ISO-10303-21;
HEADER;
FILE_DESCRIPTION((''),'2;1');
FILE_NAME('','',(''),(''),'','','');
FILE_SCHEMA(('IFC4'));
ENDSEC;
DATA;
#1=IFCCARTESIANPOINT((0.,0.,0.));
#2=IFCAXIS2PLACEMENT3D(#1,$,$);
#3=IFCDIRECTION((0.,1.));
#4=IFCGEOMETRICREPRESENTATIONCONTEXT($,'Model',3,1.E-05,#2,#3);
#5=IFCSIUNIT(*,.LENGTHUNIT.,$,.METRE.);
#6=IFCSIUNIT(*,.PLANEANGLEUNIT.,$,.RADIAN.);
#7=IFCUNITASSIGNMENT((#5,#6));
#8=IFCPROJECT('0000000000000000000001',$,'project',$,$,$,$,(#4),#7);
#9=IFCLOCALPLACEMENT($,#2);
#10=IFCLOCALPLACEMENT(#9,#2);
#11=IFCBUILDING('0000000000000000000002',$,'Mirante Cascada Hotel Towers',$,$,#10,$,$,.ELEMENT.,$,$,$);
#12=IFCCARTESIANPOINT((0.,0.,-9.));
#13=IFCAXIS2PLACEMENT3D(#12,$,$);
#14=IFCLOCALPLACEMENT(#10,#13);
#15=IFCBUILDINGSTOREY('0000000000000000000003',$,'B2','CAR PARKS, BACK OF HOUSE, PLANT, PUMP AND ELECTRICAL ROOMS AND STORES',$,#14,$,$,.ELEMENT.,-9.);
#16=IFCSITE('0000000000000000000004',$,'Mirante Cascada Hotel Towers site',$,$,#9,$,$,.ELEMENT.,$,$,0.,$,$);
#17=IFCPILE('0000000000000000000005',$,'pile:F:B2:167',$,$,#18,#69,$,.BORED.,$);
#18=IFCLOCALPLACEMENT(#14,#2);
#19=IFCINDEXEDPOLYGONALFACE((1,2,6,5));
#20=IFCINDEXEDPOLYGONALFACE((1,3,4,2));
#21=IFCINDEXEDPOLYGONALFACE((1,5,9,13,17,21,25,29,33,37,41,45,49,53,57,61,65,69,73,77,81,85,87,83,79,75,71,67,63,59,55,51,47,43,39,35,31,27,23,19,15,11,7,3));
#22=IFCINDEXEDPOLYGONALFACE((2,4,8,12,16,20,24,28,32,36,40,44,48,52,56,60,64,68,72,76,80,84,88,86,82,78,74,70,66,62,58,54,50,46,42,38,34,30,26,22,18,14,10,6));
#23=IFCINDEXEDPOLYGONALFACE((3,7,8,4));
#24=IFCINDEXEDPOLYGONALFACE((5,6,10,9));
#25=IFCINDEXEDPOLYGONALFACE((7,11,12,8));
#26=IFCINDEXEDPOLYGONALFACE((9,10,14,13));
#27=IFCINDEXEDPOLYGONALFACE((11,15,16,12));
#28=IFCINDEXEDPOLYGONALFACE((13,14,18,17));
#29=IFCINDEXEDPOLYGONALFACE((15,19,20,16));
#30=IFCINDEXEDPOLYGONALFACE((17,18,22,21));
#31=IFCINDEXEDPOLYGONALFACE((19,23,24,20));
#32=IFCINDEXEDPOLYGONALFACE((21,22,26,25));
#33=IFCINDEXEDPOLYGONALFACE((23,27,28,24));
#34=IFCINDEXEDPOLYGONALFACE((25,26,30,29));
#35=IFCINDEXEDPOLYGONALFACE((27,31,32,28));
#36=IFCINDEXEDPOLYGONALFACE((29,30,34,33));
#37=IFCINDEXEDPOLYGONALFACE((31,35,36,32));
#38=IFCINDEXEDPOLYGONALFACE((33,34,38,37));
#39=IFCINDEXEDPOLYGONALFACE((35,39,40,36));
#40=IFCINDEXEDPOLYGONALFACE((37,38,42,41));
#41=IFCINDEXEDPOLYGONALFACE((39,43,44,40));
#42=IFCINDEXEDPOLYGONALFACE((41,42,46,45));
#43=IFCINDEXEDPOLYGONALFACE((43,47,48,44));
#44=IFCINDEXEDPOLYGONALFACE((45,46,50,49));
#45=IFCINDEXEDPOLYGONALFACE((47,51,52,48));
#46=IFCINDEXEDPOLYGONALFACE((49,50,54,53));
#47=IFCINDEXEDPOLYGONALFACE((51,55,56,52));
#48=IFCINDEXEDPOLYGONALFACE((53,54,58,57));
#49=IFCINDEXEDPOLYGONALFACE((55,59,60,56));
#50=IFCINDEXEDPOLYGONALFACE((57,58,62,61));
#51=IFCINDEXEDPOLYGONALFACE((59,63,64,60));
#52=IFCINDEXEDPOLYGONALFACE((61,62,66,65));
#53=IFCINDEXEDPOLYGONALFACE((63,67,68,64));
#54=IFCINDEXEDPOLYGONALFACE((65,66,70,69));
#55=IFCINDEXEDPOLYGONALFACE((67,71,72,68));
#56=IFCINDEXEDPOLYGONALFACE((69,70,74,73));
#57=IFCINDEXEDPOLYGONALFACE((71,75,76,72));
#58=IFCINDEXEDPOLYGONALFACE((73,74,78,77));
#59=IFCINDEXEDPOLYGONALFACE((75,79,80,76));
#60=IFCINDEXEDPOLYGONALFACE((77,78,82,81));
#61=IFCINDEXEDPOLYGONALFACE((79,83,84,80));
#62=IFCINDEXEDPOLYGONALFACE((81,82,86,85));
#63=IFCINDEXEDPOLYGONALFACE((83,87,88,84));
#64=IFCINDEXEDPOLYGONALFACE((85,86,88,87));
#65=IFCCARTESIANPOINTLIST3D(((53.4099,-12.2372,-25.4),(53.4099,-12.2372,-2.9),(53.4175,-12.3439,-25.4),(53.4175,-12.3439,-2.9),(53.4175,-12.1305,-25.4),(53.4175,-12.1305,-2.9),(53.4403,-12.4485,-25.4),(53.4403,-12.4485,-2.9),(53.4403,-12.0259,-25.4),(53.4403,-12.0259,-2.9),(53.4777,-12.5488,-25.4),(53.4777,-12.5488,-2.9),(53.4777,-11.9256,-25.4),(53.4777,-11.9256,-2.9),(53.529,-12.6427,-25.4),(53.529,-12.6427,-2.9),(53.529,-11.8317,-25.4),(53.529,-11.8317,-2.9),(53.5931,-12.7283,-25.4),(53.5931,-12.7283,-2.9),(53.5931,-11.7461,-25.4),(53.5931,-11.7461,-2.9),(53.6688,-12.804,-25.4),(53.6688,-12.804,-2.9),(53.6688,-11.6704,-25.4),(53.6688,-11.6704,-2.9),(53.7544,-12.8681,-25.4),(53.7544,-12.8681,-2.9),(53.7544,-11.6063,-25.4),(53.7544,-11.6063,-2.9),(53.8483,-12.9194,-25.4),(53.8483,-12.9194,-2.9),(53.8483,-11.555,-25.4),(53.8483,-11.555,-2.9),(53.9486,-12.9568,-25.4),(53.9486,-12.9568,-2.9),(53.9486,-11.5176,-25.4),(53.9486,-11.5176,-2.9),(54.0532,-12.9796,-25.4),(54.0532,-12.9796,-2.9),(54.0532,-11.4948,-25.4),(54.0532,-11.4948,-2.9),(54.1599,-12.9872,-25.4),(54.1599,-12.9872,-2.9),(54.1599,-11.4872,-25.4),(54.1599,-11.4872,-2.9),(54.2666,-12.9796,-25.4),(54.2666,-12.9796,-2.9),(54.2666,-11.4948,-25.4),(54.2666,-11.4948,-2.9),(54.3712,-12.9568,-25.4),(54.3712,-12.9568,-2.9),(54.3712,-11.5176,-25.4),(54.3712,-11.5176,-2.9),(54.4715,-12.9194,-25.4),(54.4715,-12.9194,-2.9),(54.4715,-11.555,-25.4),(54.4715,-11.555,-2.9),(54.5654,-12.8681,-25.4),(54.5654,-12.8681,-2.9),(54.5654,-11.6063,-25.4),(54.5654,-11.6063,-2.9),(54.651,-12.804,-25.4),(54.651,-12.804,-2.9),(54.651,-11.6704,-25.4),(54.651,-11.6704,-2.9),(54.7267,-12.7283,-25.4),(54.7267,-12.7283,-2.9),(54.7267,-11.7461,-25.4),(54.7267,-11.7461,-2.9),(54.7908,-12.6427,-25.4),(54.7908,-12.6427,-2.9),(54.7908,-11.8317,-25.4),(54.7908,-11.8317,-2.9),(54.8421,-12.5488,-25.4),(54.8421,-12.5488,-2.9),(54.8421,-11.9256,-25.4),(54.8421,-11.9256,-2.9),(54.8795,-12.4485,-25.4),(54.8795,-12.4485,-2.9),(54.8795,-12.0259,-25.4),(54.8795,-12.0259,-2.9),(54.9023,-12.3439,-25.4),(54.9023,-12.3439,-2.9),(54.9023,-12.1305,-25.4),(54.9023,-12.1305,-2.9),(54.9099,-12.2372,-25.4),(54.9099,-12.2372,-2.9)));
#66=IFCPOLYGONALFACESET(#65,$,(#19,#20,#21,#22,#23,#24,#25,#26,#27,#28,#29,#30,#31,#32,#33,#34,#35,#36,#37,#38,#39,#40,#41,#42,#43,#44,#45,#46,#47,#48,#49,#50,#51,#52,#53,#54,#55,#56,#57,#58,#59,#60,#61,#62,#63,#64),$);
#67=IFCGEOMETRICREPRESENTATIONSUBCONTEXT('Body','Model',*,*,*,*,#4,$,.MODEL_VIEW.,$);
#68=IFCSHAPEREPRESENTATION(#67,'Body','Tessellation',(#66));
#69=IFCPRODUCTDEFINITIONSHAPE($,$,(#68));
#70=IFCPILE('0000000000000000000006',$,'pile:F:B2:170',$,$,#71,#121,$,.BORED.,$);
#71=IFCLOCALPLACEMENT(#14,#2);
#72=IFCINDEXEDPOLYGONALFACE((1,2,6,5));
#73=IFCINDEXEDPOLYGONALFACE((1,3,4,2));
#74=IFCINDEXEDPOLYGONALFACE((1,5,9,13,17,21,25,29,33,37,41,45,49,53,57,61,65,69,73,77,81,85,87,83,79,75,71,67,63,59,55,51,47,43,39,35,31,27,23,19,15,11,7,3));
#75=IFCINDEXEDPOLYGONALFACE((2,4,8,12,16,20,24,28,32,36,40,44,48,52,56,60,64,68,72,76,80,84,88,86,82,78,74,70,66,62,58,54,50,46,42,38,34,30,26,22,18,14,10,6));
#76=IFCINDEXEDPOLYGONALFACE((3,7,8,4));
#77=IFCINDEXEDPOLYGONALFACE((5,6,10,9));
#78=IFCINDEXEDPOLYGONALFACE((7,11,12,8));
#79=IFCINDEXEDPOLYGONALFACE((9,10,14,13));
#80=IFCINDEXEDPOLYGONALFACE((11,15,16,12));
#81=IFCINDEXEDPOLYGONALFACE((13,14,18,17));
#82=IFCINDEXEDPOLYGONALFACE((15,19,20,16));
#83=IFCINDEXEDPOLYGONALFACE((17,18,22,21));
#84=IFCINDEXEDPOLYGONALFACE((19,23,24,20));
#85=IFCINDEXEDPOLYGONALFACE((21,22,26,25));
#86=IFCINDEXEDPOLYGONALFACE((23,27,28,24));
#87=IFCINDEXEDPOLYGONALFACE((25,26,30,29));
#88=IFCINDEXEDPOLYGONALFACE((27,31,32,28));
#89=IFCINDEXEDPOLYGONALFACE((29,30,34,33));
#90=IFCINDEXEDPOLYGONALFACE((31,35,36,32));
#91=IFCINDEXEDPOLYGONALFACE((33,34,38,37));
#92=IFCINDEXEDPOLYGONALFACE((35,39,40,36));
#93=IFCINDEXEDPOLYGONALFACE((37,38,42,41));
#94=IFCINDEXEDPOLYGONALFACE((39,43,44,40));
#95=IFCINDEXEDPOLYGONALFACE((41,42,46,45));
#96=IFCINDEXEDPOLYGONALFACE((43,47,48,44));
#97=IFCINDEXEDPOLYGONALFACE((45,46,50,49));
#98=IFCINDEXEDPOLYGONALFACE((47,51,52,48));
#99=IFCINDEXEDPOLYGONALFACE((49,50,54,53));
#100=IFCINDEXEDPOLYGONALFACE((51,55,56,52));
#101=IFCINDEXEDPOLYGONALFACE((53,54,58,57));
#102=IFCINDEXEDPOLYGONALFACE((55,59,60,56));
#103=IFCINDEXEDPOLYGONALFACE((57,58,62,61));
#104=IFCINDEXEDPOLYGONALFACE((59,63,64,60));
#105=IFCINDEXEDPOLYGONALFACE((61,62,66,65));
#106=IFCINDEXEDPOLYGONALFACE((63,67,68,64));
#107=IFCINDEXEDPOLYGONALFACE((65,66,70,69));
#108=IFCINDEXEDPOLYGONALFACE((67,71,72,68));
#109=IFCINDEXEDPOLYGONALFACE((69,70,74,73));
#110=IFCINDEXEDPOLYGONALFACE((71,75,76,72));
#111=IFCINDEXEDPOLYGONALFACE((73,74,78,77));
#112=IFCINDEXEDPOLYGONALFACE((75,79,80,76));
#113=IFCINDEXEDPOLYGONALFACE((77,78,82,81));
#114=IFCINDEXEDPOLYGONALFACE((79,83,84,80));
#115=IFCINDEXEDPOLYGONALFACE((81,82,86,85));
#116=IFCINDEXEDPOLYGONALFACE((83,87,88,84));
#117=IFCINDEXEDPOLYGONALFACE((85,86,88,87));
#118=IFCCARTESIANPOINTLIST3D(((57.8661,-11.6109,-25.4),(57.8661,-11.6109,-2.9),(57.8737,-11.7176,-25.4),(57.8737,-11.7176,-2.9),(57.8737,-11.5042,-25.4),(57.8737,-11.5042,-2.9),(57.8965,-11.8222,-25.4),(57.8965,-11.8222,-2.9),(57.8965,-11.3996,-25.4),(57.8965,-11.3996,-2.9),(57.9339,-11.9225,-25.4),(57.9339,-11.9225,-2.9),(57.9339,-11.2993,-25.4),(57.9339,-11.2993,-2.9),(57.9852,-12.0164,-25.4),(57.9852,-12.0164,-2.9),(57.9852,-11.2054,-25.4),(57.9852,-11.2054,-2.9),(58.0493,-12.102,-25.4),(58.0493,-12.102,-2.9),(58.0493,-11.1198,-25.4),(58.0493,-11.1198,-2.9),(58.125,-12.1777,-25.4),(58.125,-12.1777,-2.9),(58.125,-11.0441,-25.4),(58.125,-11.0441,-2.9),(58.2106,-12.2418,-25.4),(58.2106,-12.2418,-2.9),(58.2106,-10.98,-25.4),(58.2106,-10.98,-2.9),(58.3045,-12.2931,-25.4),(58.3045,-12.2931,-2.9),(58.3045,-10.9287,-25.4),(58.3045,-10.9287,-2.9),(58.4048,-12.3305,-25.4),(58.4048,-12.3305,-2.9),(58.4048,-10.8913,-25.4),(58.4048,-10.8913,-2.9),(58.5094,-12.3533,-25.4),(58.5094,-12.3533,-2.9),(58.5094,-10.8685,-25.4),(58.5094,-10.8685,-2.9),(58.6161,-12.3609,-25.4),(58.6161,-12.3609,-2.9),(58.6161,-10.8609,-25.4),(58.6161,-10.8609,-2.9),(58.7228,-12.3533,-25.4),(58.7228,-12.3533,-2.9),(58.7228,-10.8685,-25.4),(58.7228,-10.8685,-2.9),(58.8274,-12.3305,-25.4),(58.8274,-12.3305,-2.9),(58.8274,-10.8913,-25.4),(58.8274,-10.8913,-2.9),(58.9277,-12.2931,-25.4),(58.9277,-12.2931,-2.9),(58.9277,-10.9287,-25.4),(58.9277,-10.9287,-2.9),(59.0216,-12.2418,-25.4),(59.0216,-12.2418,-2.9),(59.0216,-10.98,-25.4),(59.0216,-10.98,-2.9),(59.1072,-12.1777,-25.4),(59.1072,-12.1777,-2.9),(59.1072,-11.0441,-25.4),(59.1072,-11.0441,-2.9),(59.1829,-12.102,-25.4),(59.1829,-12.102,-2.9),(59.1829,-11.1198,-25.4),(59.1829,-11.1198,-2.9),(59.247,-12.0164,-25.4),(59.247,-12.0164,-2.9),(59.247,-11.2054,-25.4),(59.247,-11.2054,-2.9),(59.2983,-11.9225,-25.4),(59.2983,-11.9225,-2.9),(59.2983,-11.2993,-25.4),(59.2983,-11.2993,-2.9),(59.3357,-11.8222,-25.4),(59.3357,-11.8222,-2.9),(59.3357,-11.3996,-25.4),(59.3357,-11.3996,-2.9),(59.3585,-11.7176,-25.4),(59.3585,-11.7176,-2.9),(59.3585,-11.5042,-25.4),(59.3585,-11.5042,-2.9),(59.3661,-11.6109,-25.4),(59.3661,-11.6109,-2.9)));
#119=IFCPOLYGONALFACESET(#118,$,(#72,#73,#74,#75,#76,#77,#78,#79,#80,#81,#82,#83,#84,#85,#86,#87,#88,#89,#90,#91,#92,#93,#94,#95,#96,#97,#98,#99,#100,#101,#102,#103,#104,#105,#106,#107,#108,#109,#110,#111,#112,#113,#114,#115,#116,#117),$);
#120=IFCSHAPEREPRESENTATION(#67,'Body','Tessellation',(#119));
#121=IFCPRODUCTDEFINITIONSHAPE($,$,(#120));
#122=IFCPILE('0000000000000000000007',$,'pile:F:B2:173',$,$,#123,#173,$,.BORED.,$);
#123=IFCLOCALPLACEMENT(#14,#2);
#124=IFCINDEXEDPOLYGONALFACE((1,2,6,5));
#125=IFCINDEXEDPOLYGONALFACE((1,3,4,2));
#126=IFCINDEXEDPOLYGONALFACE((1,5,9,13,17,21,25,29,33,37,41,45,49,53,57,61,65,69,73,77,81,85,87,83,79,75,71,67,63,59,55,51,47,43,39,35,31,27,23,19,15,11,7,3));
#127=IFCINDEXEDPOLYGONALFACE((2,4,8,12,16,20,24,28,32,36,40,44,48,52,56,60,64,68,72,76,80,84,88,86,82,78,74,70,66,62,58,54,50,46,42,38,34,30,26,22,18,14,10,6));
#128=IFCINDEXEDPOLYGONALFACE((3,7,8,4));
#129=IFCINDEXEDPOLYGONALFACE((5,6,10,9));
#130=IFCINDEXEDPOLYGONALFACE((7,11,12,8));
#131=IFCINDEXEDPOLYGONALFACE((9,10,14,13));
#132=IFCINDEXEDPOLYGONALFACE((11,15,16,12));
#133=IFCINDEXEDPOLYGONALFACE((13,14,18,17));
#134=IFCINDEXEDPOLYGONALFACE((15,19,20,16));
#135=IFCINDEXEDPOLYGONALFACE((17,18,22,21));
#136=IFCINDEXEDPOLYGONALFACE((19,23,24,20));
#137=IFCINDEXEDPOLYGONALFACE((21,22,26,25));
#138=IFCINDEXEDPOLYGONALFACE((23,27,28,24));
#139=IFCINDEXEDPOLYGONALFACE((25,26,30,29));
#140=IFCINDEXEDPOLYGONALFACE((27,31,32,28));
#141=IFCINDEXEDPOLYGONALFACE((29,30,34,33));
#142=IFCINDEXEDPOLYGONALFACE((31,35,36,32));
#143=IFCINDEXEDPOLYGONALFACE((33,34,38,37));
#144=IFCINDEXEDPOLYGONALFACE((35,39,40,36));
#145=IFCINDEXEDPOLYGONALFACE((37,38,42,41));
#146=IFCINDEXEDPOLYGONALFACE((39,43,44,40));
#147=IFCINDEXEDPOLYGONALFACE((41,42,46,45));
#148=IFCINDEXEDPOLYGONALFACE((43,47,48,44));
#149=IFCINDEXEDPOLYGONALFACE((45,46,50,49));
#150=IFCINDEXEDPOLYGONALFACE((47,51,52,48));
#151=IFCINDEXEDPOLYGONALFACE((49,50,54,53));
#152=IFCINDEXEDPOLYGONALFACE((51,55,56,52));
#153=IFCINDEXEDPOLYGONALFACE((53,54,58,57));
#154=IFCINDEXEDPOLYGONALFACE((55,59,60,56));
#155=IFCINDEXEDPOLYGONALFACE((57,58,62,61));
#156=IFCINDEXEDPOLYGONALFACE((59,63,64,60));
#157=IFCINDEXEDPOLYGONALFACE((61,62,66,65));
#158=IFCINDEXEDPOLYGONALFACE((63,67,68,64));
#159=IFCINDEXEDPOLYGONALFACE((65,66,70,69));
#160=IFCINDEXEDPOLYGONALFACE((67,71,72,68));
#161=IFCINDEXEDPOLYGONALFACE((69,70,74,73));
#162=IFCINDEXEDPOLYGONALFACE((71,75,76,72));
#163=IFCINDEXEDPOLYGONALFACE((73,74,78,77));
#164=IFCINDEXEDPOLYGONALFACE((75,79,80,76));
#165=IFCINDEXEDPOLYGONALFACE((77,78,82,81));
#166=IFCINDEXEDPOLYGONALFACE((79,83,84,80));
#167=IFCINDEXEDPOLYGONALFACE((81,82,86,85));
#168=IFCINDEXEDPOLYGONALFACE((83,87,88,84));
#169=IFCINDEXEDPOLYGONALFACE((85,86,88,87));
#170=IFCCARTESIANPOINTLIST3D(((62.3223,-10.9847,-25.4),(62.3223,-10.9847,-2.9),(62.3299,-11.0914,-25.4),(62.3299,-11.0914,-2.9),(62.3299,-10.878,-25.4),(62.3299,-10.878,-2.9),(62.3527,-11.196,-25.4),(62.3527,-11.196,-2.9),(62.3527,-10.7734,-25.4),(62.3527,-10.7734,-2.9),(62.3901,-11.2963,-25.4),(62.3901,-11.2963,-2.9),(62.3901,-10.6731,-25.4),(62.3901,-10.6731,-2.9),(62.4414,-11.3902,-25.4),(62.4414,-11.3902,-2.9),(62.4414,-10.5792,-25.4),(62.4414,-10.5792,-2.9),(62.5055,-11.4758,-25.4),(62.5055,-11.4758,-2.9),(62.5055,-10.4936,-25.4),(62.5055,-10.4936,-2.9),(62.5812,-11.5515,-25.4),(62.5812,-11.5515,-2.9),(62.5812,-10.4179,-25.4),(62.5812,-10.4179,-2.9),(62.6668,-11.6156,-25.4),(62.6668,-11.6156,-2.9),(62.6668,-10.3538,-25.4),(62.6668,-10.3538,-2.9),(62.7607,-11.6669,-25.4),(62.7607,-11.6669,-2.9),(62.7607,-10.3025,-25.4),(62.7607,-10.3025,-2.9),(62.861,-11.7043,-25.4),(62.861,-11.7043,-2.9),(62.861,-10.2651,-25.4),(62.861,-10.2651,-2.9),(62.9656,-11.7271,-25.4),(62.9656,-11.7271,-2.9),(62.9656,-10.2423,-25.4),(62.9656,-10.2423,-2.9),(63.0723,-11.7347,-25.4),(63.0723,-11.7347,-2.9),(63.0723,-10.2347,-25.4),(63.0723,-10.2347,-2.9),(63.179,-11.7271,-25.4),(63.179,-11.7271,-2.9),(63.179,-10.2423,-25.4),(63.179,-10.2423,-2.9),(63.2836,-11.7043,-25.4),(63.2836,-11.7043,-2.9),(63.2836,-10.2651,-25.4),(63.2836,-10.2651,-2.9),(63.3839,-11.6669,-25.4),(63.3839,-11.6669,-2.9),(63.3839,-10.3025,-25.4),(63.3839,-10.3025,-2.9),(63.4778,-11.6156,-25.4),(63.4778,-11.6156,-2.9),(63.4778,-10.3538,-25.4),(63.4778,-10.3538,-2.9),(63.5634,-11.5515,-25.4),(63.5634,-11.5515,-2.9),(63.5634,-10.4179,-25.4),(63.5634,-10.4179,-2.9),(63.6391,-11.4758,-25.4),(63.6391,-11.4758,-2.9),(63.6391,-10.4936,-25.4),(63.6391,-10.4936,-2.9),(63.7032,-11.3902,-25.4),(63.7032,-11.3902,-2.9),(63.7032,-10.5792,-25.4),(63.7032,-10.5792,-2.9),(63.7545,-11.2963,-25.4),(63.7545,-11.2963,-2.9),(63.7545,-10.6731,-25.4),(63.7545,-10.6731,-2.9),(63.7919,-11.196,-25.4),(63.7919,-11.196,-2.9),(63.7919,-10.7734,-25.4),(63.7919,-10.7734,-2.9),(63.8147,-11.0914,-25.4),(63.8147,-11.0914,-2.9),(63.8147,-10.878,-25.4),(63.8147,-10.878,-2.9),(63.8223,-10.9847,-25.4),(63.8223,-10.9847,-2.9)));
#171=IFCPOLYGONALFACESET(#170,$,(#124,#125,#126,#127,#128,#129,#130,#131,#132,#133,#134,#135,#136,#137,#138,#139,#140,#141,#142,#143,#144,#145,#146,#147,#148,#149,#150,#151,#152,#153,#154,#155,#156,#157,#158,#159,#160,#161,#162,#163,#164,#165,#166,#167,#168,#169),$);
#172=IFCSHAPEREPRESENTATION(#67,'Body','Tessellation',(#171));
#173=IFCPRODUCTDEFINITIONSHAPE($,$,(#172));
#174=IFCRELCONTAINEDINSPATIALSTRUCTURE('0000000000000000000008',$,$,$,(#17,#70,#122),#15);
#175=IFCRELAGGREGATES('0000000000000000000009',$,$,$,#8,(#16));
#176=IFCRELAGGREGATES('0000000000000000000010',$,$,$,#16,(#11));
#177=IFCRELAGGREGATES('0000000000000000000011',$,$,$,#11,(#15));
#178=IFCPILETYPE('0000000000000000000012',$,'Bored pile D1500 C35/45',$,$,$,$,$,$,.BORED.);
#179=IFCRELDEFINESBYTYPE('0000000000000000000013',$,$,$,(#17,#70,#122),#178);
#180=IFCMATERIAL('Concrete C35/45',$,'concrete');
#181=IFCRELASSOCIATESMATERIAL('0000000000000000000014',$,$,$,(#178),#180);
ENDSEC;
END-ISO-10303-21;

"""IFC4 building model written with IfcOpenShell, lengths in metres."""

from ifc_helpers import new_model, si_unit, direction, frame, origin, origin_2d, place, context, subcontext, project, spatial, circle, extrude, material, material_profile, profile_set, type_object, element, save


model = new_model("IFC4")

# Units and contexts
model_context = context("Model", 3, precision=1e-05, world=origin(), true_north=direction((0.0, 1.0)))
body_context = subcontext(model_context, "Body", "Model", "MODEL_VIEW")
ifc_project = project(units=[si_unit("LENGTHUNIT", "METRE"), si_unit("PLANEANGLEUNIT", "RADIAN")], contexts=[model_context])

# Site, building, storey
site_placement = place(None, origin())
site = spatial("IfcSite", under=ifc_project, at=site_placement, Name="Mirante Cascada Hotel Towers site", CompositionType="ELEMENT", RefElevation=0.0)
building_placement = place(site_placement, origin())
building = spatial("IfcBuilding", under=site, at=building_placement, Name="Mirante Cascada Hotel Towers", CompositionType="ELEMENT")
storey_placement = place(building_placement, frame((0.0, 0.0, -9.0)))
storey = spatial("IfcBuildingStorey", under=building, at=storey_placement, Name="B2", Description="CAR PARKS, BACK OF HOUSE, PLANT, PUMP AND ELECTRICAL ROOMS AND STORES", CompositionType="ELEMENT", Elevation=-9.0)

# Piles
ifc_material_1 = material(Name="Concrete C35/45", Category="concrete")
ifc_material_profile = material_profile(ifc_material_1, circle(Radius=0.75, at=origin_2d()), Name="RC D1500")
ifc_profile_set = profile_set([ifc_material_profile], Name="Concrete C35/45")
pile_type = type_object("IfcPileType", Name="Bored pile D1500 C35/45", PredefinedType="BORED", material=ifc_profile_set)
for number, where, z_axis, x_axis, name in (
    (1, (54.1599, -12.2372, -2.9), (0.0, 0.0, -1.0), (1.0, 0.0, 0.0), "pile:F:B2:167"),
    (2, (58.6161, -11.6109, -2.9), (0.0, 0.0, -1.0), (1.0, 0.0, 0.0), "pile:F:B2:170"),
    (3, (63.0723, -10.9847, -2.9), (0.0, 0.0, -1.0), (1.0, 0.0, 0.0), "pile:F:B2:173"),
):
    element("IfcPile", number, at=place(storey_placement, frame(where, z_axis=z_axis, x_axis=x_axis)), inside=storey, type_object=pile_type, Name=name, PredefinedType="BORED", context=body_context, shape_type="SweptSolid", body=[
        extrude(circle(Radius=0.75, at=origin_2d()), origin(), (0.0, 0.0, 1.0), 22.5),
    ])

save(model, "model.ifc")
